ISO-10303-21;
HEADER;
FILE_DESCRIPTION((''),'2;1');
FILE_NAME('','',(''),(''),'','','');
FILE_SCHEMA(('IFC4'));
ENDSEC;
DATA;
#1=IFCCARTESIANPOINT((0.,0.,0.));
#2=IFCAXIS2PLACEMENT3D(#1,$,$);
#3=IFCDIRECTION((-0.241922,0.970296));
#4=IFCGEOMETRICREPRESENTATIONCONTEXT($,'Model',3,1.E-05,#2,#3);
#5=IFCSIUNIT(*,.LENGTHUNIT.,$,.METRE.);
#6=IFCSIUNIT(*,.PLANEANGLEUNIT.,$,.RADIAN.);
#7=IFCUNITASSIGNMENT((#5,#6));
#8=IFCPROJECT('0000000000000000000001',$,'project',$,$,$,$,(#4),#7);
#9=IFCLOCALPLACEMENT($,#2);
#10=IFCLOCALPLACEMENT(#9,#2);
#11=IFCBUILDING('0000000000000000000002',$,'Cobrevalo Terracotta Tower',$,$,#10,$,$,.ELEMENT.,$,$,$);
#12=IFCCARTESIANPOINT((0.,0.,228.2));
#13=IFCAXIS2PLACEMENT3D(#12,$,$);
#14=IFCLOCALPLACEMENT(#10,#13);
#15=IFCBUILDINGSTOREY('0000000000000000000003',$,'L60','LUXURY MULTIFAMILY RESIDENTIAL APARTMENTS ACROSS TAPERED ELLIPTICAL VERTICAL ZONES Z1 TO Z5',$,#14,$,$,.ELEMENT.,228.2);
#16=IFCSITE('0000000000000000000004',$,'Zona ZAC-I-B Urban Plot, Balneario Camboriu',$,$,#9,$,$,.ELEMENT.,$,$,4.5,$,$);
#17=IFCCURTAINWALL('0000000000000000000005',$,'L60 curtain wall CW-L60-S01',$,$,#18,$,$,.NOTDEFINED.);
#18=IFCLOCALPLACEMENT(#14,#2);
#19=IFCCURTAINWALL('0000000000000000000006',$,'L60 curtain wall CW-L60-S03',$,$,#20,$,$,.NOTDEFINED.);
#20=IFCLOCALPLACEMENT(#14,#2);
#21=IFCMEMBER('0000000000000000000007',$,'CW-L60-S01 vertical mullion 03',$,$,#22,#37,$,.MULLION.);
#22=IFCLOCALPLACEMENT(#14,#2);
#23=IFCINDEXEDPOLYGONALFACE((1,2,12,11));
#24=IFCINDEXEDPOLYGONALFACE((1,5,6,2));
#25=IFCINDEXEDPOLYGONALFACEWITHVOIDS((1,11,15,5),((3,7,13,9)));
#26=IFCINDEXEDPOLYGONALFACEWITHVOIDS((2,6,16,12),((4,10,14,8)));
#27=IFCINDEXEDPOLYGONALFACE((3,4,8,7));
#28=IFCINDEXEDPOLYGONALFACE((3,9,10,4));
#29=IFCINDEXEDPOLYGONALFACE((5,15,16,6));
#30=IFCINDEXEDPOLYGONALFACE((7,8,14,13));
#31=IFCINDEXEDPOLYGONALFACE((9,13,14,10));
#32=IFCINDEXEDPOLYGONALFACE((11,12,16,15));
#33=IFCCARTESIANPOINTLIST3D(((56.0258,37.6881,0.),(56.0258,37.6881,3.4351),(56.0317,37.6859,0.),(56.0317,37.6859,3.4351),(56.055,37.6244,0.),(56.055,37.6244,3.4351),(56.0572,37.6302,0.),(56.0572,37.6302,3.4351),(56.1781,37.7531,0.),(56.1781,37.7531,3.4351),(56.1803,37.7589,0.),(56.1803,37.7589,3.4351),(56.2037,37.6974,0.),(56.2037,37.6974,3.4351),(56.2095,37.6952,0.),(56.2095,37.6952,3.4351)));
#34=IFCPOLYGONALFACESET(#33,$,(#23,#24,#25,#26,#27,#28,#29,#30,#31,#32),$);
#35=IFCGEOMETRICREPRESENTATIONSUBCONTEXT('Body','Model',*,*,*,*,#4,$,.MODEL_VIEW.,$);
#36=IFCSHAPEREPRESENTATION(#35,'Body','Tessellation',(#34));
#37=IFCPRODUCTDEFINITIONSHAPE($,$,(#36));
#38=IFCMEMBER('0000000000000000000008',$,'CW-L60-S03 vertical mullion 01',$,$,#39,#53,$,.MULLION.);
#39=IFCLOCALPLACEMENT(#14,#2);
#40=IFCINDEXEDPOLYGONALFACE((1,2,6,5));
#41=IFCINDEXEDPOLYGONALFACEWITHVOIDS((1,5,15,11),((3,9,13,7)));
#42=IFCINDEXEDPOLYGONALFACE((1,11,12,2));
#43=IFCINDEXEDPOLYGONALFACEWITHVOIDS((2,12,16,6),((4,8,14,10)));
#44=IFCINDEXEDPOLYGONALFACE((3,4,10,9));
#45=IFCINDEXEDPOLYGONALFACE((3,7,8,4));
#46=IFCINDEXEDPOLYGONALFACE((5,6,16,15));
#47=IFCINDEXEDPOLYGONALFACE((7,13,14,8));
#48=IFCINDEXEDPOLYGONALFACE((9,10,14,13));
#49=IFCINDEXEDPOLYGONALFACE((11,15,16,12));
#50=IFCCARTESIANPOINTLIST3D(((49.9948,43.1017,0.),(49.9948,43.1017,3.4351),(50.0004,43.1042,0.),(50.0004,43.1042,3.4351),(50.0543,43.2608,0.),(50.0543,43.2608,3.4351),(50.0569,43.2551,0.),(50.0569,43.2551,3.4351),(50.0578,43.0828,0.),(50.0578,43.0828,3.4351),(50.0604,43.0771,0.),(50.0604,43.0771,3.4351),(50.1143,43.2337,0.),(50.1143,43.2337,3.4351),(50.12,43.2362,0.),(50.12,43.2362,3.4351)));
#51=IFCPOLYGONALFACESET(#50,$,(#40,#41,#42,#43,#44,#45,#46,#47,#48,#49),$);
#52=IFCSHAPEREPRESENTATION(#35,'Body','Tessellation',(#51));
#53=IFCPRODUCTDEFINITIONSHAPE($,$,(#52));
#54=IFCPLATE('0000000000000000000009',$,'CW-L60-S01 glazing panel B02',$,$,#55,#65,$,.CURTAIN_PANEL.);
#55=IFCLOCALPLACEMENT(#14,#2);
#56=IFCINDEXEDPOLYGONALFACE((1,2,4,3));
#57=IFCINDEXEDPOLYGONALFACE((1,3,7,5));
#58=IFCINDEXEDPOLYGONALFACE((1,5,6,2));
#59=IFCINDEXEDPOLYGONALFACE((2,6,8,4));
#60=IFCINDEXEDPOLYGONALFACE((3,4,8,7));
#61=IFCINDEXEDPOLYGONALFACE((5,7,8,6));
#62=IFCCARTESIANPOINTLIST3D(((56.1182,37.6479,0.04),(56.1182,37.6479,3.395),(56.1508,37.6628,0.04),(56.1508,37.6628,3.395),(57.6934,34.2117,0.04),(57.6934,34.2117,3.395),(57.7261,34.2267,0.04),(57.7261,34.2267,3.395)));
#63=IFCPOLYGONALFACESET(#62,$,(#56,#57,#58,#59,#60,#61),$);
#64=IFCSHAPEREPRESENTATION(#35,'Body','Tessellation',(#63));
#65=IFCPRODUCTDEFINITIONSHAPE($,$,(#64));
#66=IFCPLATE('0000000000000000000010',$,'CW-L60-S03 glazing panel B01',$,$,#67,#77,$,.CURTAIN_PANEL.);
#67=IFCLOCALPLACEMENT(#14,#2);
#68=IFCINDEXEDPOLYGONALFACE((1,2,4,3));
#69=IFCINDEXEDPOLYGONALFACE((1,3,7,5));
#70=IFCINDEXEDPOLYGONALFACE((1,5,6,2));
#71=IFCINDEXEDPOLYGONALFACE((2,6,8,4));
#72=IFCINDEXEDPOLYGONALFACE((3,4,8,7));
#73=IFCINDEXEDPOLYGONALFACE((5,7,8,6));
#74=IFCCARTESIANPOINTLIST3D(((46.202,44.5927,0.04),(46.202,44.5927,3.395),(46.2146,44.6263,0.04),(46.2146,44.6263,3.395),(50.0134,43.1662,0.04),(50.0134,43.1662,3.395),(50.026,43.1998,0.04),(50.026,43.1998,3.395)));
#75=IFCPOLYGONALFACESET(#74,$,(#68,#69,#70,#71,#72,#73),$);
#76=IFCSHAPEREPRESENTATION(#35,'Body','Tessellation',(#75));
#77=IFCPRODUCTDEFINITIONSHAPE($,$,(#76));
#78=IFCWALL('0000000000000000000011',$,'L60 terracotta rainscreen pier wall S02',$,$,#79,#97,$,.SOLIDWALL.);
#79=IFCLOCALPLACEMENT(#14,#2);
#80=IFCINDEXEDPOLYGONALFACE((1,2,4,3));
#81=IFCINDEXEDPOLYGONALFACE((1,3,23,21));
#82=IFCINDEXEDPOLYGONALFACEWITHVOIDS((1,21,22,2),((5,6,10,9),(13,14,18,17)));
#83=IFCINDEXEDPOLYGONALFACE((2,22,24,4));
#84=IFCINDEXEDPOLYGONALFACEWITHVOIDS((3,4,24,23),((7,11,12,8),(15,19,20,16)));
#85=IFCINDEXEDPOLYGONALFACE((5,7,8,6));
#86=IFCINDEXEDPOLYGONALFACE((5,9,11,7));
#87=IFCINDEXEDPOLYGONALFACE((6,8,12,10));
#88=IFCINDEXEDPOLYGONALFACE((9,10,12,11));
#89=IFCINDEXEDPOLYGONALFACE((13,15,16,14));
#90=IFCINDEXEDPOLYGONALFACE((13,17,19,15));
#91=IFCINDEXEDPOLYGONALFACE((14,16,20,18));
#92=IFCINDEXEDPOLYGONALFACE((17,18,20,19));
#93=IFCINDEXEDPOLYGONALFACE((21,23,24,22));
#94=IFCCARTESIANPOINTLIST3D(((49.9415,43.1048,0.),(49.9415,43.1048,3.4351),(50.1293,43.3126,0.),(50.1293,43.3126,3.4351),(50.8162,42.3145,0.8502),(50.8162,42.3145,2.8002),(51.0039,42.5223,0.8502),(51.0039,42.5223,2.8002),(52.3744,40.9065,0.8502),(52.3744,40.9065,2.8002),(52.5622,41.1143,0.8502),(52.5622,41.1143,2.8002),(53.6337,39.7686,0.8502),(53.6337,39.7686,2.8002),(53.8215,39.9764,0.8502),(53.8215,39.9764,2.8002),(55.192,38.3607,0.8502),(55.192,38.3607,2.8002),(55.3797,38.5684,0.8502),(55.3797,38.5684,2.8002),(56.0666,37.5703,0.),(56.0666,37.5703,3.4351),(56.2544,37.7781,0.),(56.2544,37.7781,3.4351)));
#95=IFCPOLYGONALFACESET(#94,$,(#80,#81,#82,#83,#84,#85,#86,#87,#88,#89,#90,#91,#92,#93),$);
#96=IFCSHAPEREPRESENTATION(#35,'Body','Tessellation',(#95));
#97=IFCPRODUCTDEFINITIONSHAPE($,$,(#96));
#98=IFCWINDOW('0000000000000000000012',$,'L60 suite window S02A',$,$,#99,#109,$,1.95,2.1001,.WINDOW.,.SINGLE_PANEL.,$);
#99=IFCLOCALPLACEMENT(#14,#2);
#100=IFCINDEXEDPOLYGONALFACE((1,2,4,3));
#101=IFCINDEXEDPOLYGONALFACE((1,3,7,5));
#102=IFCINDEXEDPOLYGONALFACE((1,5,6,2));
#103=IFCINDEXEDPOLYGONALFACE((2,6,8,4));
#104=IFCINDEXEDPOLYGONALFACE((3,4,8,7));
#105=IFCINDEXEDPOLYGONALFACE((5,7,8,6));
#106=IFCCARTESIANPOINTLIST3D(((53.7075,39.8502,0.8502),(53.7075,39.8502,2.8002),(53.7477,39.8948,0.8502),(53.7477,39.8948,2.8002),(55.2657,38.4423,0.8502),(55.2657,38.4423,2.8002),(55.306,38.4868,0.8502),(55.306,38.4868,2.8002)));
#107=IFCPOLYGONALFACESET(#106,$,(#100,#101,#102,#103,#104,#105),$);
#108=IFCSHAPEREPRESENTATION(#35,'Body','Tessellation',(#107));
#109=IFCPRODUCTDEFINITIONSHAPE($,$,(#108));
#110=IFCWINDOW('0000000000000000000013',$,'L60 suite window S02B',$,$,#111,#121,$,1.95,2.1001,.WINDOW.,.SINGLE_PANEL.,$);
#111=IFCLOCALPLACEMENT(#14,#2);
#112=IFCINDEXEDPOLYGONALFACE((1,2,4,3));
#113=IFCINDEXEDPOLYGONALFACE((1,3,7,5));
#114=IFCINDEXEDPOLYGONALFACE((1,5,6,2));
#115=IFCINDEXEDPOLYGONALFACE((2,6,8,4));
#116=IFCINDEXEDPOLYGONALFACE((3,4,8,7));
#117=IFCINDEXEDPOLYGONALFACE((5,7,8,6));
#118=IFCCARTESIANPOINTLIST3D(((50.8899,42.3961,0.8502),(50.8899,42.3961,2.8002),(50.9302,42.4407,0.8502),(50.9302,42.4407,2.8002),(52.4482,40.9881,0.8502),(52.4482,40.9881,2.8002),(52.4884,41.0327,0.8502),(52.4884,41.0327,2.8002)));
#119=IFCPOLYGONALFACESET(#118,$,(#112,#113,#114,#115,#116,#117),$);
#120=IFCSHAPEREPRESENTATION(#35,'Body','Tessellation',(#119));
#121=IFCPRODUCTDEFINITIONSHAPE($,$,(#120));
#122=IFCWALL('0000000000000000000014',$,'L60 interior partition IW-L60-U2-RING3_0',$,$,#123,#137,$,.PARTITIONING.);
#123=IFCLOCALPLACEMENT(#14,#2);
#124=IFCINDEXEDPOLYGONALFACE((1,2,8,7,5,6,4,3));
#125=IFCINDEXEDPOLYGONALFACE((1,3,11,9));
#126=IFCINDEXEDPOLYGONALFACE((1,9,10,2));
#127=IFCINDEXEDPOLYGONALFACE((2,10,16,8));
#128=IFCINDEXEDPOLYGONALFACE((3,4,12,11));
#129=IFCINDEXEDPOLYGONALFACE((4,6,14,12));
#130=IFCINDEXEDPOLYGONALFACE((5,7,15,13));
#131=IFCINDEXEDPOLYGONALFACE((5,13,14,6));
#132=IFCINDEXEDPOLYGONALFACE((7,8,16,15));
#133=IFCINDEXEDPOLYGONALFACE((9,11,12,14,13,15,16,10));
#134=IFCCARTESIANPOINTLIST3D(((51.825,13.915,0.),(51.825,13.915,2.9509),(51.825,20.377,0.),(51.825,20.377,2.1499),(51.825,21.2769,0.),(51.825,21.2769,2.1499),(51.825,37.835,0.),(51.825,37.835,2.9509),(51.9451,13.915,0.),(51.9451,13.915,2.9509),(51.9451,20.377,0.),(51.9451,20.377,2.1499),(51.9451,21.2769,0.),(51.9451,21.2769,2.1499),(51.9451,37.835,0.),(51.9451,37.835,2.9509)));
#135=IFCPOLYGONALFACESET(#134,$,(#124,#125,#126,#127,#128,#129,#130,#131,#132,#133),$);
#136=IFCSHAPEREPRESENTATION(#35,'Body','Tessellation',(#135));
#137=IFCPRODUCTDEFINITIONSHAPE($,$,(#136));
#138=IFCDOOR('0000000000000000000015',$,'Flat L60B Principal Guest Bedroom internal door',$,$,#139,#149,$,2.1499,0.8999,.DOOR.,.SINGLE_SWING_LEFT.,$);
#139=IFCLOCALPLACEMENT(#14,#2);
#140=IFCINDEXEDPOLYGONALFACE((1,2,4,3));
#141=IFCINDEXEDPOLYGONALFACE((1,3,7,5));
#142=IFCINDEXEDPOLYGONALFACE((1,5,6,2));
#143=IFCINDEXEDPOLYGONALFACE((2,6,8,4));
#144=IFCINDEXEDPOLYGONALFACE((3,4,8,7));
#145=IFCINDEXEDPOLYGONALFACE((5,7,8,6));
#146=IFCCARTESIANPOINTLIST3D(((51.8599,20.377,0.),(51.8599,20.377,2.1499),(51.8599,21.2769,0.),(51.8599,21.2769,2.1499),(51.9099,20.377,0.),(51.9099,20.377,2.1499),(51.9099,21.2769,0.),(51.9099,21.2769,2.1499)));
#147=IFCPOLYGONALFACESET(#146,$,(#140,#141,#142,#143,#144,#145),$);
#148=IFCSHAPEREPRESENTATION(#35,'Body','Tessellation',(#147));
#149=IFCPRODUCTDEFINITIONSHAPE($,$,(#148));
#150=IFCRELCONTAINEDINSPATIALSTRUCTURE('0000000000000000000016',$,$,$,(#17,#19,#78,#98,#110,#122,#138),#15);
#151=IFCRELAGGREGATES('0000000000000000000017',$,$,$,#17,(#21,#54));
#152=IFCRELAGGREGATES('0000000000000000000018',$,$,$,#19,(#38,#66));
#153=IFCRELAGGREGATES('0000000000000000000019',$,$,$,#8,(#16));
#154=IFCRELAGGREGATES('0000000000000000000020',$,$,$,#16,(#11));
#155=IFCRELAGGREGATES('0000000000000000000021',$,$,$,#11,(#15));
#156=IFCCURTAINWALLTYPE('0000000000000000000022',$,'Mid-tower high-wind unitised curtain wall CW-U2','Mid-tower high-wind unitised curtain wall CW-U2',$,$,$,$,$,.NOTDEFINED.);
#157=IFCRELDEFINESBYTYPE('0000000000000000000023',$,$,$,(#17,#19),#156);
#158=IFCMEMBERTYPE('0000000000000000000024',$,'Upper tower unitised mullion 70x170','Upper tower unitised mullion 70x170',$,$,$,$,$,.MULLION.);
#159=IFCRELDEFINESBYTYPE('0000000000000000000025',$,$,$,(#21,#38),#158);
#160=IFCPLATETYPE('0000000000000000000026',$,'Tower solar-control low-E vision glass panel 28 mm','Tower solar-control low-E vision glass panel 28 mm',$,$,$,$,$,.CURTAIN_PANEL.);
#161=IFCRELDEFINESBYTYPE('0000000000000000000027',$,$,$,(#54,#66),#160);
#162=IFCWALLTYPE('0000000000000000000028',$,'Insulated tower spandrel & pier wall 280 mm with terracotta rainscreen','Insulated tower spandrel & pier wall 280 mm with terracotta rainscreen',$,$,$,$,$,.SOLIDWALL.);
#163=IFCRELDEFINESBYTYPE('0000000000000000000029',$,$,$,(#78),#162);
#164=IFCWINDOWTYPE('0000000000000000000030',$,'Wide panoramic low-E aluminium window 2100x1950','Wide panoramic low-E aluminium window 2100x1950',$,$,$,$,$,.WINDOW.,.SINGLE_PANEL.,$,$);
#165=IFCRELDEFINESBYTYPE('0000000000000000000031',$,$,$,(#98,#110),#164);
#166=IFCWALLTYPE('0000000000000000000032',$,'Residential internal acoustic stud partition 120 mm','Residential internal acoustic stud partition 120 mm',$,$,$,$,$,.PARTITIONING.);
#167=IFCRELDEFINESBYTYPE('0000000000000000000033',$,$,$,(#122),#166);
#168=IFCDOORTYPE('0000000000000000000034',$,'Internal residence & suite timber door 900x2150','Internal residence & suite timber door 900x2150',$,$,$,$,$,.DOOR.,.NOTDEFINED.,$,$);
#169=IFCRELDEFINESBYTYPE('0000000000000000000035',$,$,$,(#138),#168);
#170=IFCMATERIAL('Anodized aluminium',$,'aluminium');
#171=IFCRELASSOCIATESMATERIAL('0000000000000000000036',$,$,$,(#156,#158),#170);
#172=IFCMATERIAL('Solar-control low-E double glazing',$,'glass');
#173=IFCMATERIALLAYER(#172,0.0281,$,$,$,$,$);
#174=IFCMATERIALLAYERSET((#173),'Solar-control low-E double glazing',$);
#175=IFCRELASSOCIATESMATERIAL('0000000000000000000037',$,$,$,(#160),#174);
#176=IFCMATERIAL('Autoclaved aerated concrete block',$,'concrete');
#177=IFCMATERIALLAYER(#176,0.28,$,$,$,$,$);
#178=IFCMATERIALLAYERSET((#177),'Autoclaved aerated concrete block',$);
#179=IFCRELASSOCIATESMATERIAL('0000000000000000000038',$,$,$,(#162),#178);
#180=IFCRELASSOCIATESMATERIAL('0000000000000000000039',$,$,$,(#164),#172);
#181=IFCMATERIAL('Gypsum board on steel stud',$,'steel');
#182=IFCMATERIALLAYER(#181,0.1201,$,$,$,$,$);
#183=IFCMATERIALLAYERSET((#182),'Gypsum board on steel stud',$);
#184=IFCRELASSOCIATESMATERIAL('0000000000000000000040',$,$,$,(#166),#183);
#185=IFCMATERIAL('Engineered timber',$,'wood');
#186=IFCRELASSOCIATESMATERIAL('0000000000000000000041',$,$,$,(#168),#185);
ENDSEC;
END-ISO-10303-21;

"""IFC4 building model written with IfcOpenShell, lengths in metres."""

from ifc_helpers import new_model, si_unit, direction, frame, frame_2d, origin, origin_2d, place, context, subcontext, project, spatial, rectangle, hollow_rectangle, extrude, source, transform, mapped, material, layer, layer_set, material_profile, profile_set, type_object, element, fill, aggregate, save


model = new_model("IFC4")

# Units and contexts
model_context = context("Model", 3, precision=1e-05, world=origin(), true_north=direction((-0.241922, 0.970296)))
body_context = subcontext(model_context, "Body", "Model", "MODEL_VIEW")
ifc_project = project(units=[si_unit("LENGTHUNIT", "METRE"), si_unit("PLANEANGLEUNIT", "RADIAN")], contexts=[model_context])

# Site, building, storey
site_placement = place(None, origin())
site = spatial("IfcSite", under=ifc_project, at=site_placement, Name="Zona ZAC-I-B Urban Plot, Balneario Camboriu", CompositionType="ELEMENT", RefElevation=4.5)
building_placement = place(site_placement, origin())
building = spatial("IfcBuilding", under=site, at=building_placement, Name="Cobrevalo Terracotta Tower", CompositionType="ELEMENT")
storey_placement = place(building_placement, frame((0.0, 0.0, 228.2)))
storey = spatial("IfcBuildingStorey", under=building, at=storey_placement, Name="L60", Description="LUXURY MULTIFAMILY RESIDENTIAL APARTMENTS ACROSS TAPERED ELLIPTICAL VERTICAL ZONES Z1 TO Z5", CompositionType="ELEMENT", Elevation=228.2)

# Curtain wall
ifc_material_1 = material(Name="Anodized aluminium", Category="aluminium")
curtain_wall_type = type_object("IfcCurtainWallType", Name="Mid-tower high-wind unitised curtain wall CW-U2", Description="Mid-tower high-wind unitised curtain wall CW-U2", PredefinedType="NOTDEFINED", material=ifc_material_1)
curtain_wall_1_placement = place(storey_placement, origin())
curtain_wall_1 = element("IfcCurtainWall", 1, at=curtain_wall_1_placement, inside=storey, type_object=curtain_wall_type, Name="L60 curtain wall CW-L60-S01", PredefinedType="NOTDEFINED")

# Curtain wall
curtain_wall_2_placement = place(storey_placement, origin())
curtain_wall_2 = element("IfcCurtainWall", 2, at=curtain_wall_2_placement, inside=storey, type_object=curtain_wall_type, Name="L60 curtain wall CW-L60-S03", PredefinedType="NOTDEFINED")

# Members
ifc_material_profile_1 = material_profile(ifc_material_1, hollow_rectangle(XDim=0.0701, YDim=0.1699, WallThickness=0.0044, at=origin_2d()), Name="CWM 70x170")
ifc_profile_set_1 = profile_set([ifc_material_profile_1], Name="Anodized aluminium")
member_type_1 = type_object("IfcMemberType", Name="Upper tower unitised mullion 70x170", Description="Upper tower unitised mullion 70x170", PredefinedType="MULLION", material=ifc_profile_set_1)
shared_shape_1 = source(origin(), body_context, "Body", "SweptSolid", [
    extrude(hollow_rectangle(XDim=0.0701, YDim=0.1699, WallThickness=0.0044, at=origin_2d()), origin(), (0.0, 0.0, 1.0), 3.4351),
])
member_1_placement = place(storey_placement, frame((56.1177, 37.6917, 0.0), z_axis=(0.0, 0.0, 1.0), x_axis=(-0.416725, 0.909033, 0.0)))
member_1 = element("IfcMember", 3, at=member_1_placement, type_object=member_type_1, Name="CW-L60-S01 vertical mullion 03", PredefinedType="MULLION", context=body_context, shape_type="MappedRepresentation", body=[
    mapped(shared_shape_1, transform((0.0, 0.0, 0.0), scale=1.0)),
])
member_2_placement = place(storey_placement, frame((50.0574, 43.1689, 0.0), z_axis=(0.0, 0.0, 1.0), x_axis=(-0.936556, 0.350518, 0.0)))
member_2 = element("IfcMember", 4, at=member_2_placement, type_object=member_type_1, Name="CW-L60-S03 vertical mullion 01", PredefinedType="MULLION", context=body_context, shape_type="MappedRepresentation", body=[
    mapped(shared_shape_1, transform((0.0, 0.0, 0.0), scale=1.0)),
])

# Plates
ifc_material_2 = material(Name="Solar-control low-E double glazing", Category="glass")
ifc_layer_1 = layer(ifc_material_2, 0.0281)
ifc_layer_set_1 = layer_set([ifc_layer_1], Name="Solar-control low-E double glazing")
plate_type = type_object("IfcPlateType", Name="Tower solar-control low-E vision glass panel 28 mm", Description="Tower solar-control low-E vision glass panel 28 mm", PredefinedType="CURTAIN_PANEL", material=ifc_layer_set_1)
shared_shape_2 = source(origin(), body_context, "Body", "SweptSolid", [
    extrude(rectangle(XDim=3.78, YDim=0.0359, at=origin_2d()), origin(), (0.0, 0.0, 1.0), 3.355),
])
plate_1_placement = place(storey_placement, frame((56.9221, 35.9373, 0.04), z_axis=(0.0, 0.0, 1.0), x_axis=(-0.416731, 0.90903, 0.0)))
plate_1 = element("IfcPlate", 5, at=plate_1_placement, type_object=plate_type, Name="CW-L60-S01 glazing panel B02", PredefinedType="CURTAIN_PANEL", context=body_context, shape_type="MappedRepresentation", body=[
    mapped(shared_shape_2, transform((0.0, 0.0, 0.0), scale=1.0)),
])
aggregate(curtain_wall_1, [member_1, plate_1])
shared_shape_3 = source(origin(), body_context, "Body", "SweptSolid", [
    extrude(rectangle(XDim=4.0696, YDim=0.0359, at=origin_2d()), origin(), (0.0, 0.0, 1.0), 3.355),
])
plate_2_placement = place(storey_placement, frame((48.114, 43.8962, 0.04), z_axis=(0.0, 0.0, 1.0), x_axis=(-0.936558, 0.350513, 0.0)))
plate_2 = element("IfcPlate", 6, at=plate_2_placement, type_object=plate_type, Name="CW-L60-S03 glazing panel B01", PredefinedType="CURTAIN_PANEL", context=body_context, shape_type="MappedRepresentation", body=[
    mapped(shared_shape_3, transform((0.0, 0.0, 0.0), scale=1.0)),
])
aggregate(curtain_wall_2, [member_2, plate_2])

# Wall, openings, windows
ifc_material_3 = material(Name="Autoclaved aerated concrete block", Category="concrete")
ifc_layer_2 = layer(ifc_material_3, 0.28)
ifc_layer_set_2 = layer_set([ifc_layer_2], Name="Autoclaved aerated concrete block")
wall_type_1 = type_object("IfcWallType", Name="Insulated tower spandrel & pier wall 280 mm with terracotta rainscreen", Description="Insulated tower spandrel & pier wall 280 mm with terracotta rainscreen", PredefinedType="SOLIDWALL", material=ifc_layer_set_2)
wall_1_placement = place(storey_placement, frame((56.1604, 37.6743, 0.0), z_axis=(0.0, 0.0, 1.0), x_axis=(-0.741972, 0.670431, 0.0)))
wall_1 = element("IfcWall", 7, at=wall_1_placement, inside=storey, type_object=wall_type_1, Name="L60 terracotta rainscreen pier wall S02", PredefinedType="SOLIDWALL", context=body_context, shape_type="SweptSolid", body=[
    extrude(rectangle(XDim=8.2551, YDim=0.28, at=frame_2d((4.1274, 0.0))), origin(), (0.0, 0.0, 1.0), 3.4351),
])
opening_1_placement = place(wall_1_placement, frame((1.1787, 0.0, 0.8501)))
opening_1 = element("IfcOpeningElement", 8, at=opening_1_placement, cuts=wall_1, PredefinedType="OPENING", context=body_context, shape_type="SweptSolid", body=[
    extrude(rectangle(XDim=2.1001, YDim=1.95, at=frame_2d((1.05, 0.9751))), frame((0.0, 0.1499, 0.0), z_axis=(0.0, -1.0, 0.0), x_axis=(1.0, 0.0, 0.0)), (0.0, 0.0, 1.0), 0.3),
])
opening_2_placement = place(wall_1_placement, frame((4.9761, 0.0, 0.8501)))
opening_2 = element("IfcOpeningElement", 9, at=opening_2_placement, cuts=wall_1, PredefinedType="OPENING", context=body_context, shape_type="SweptSolid", body=[
    extrude(rectangle(XDim=2.1001, YDim=1.95, at=frame_2d((1.05, 0.9751))), frame((0.0, 0.1499, 0.0), z_axis=(0.0, -1.0, 0.0), x_axis=(1.0, 0.0, 0.0)), (0.0, 0.0, 1.0), 0.3),
])
window_type = type_object("IfcWindowType", Name="Wide panoramic low-E aluminium window 2100x1950", Description="Wide panoramic low-E aluminium window 2100x1950", PartitioningType="SINGLE_PANEL", PredefinedType="WINDOW", material=ifc_material_2)
shared_shape_4 = source(origin(), body_context, "Body", "SweptSolid", [
    extrude(rectangle(XDim=2.1001, YDim=1.95, at=frame_2d((1.05, 0.9751))), frame((0.0, 0.03, 0.0), z_axis=(0.0, -1.0, 0.0), x_axis=(1.0, 0.0, 0.0)), (0.0, 0.0, 1.0), 0.0601),
])
window_1_placement = place(opening_1_placement, origin())
window_1 = element("IfcWindow", 10, at=window_1_placement, inside=storey, type_object=window_type, Name="L60 suite window S02A", OverallHeight=1.95, OverallWidth=2.1001, PartitioningType="SINGLE_PANEL", PredefinedType="WINDOW", context=body_context, shape_type="MappedRepresentation", body=[
    mapped(shared_shape_4, transform((0.0, 0.0, 0.0), scale=1.0)),
])
fill(opening_1, window_1)
window_2_placement = place(opening_2_placement, origin())
window_2 = element("IfcWindow", 11, at=window_2_placement, inside=storey, type_object=window_type, Name="L60 suite window S02B", OverallHeight=1.95, OverallWidth=2.1001, PartitioningType="SINGLE_PANEL", PredefinedType="WINDOW", context=body_context, shape_type="MappedRepresentation", body=[
    mapped(shared_shape_4, transform((0.0, 0.0, 0.0), scale=1.0)),
])
fill(opening_2, window_2)

# Wall, opening, door
ifc_material_4 = material(Name="Gypsum board on steel stud", Category="steel")
ifc_layer_3 = layer(ifc_material_4, 0.1201)
ifc_layer_set_3 = layer_set([ifc_layer_3], Name="Gypsum board on steel stud")
wall_type_2 = type_object("IfcWallType", Name="Residential internal acoustic stud partition 120 mm", Description="Residential internal acoustic stud partition 120 mm", PredefinedType="PARTITIONING", material=ifc_layer_set_3)
wall_2_placement = place(storey_placement, frame((51.885, 37.835, 0.0), z_axis=(0.0, 0.0, 1.0), x_axis=(0.0, -1.0, 0.0)))
wall_2 = element("IfcWall", 12, at=wall_2_placement, inside=storey, type_object=wall_type_2, Name="L60 interior partition IW-L60-U2-RING3_0", PredefinedType="PARTITIONING", context=body_context, shape_type="SweptSolid", body=[
    extrude(rectangle(XDim=23.9199, YDim=0.1201, at=frame_2d((11.96, 0.0))), origin(), (0.0, 0.0, 1.0), 2.9509),
])
opening_3_placement = place(wall_2_placement, frame((16.5581, 0.0, 0.0)))
opening_3 = element("IfcOpeningElement", 13, at=opening_3_placement, cuts=wall_2, PredefinedType="OPENING", context=body_context, shape_type="SweptSolid", body=[
    extrude(rectangle(XDim=0.8999, YDim=2.1499, at=frame_2d((0.45, 1.075))), frame((0.0, 0.0701, 0.0), z_axis=(0.0, -1.0, 0.0), x_axis=(1.0, 0.0, 0.0)), (0.0, 0.0, 1.0), 0.1401),
])
ifc_material_5 = material(Name="Engineered timber", Category="wood")
door_type = type_object("IfcDoorType", Name="Internal residence & suite timber door 900x2150", Description="Internal residence & suite timber door 900x2150", OperationType="NOTDEFINED", PredefinedType="DOOR", material=ifc_material_5)
shared_shape_5 = source(origin(), body_context, "Body", "SweptSolid", [
    extrude(rectangle(XDim=0.8999, YDim=2.1499, at=frame_2d((0.45, 1.075))), frame((0.0, 0.0249, 0.0), z_axis=(0.0, -1.0, 0.0), x_axis=(1.0, 0.0, 0.0)), (0.0, 0.0, 1.0), 0.05),
])
door_1_placement = place(opening_3_placement, origin())
door_1 = element("IfcDoor", 14, at=door_1_placement, inside=storey, type_object=door_type, Name="Flat L60B Principal Guest Bedroom internal door", OperationType="SINGLE_SWING_LEFT", OverallHeight=2.1499, OverallWidth=0.8999, PredefinedType="DOOR", context=body_context, shape_type="MappedRepresentation", body=[
    mapped(shared_shape_5, transform((0.0, 0.0, 0.0), scale=1.0)),
])
fill(opening_3, door_1)

save(model, "model.ifc")
